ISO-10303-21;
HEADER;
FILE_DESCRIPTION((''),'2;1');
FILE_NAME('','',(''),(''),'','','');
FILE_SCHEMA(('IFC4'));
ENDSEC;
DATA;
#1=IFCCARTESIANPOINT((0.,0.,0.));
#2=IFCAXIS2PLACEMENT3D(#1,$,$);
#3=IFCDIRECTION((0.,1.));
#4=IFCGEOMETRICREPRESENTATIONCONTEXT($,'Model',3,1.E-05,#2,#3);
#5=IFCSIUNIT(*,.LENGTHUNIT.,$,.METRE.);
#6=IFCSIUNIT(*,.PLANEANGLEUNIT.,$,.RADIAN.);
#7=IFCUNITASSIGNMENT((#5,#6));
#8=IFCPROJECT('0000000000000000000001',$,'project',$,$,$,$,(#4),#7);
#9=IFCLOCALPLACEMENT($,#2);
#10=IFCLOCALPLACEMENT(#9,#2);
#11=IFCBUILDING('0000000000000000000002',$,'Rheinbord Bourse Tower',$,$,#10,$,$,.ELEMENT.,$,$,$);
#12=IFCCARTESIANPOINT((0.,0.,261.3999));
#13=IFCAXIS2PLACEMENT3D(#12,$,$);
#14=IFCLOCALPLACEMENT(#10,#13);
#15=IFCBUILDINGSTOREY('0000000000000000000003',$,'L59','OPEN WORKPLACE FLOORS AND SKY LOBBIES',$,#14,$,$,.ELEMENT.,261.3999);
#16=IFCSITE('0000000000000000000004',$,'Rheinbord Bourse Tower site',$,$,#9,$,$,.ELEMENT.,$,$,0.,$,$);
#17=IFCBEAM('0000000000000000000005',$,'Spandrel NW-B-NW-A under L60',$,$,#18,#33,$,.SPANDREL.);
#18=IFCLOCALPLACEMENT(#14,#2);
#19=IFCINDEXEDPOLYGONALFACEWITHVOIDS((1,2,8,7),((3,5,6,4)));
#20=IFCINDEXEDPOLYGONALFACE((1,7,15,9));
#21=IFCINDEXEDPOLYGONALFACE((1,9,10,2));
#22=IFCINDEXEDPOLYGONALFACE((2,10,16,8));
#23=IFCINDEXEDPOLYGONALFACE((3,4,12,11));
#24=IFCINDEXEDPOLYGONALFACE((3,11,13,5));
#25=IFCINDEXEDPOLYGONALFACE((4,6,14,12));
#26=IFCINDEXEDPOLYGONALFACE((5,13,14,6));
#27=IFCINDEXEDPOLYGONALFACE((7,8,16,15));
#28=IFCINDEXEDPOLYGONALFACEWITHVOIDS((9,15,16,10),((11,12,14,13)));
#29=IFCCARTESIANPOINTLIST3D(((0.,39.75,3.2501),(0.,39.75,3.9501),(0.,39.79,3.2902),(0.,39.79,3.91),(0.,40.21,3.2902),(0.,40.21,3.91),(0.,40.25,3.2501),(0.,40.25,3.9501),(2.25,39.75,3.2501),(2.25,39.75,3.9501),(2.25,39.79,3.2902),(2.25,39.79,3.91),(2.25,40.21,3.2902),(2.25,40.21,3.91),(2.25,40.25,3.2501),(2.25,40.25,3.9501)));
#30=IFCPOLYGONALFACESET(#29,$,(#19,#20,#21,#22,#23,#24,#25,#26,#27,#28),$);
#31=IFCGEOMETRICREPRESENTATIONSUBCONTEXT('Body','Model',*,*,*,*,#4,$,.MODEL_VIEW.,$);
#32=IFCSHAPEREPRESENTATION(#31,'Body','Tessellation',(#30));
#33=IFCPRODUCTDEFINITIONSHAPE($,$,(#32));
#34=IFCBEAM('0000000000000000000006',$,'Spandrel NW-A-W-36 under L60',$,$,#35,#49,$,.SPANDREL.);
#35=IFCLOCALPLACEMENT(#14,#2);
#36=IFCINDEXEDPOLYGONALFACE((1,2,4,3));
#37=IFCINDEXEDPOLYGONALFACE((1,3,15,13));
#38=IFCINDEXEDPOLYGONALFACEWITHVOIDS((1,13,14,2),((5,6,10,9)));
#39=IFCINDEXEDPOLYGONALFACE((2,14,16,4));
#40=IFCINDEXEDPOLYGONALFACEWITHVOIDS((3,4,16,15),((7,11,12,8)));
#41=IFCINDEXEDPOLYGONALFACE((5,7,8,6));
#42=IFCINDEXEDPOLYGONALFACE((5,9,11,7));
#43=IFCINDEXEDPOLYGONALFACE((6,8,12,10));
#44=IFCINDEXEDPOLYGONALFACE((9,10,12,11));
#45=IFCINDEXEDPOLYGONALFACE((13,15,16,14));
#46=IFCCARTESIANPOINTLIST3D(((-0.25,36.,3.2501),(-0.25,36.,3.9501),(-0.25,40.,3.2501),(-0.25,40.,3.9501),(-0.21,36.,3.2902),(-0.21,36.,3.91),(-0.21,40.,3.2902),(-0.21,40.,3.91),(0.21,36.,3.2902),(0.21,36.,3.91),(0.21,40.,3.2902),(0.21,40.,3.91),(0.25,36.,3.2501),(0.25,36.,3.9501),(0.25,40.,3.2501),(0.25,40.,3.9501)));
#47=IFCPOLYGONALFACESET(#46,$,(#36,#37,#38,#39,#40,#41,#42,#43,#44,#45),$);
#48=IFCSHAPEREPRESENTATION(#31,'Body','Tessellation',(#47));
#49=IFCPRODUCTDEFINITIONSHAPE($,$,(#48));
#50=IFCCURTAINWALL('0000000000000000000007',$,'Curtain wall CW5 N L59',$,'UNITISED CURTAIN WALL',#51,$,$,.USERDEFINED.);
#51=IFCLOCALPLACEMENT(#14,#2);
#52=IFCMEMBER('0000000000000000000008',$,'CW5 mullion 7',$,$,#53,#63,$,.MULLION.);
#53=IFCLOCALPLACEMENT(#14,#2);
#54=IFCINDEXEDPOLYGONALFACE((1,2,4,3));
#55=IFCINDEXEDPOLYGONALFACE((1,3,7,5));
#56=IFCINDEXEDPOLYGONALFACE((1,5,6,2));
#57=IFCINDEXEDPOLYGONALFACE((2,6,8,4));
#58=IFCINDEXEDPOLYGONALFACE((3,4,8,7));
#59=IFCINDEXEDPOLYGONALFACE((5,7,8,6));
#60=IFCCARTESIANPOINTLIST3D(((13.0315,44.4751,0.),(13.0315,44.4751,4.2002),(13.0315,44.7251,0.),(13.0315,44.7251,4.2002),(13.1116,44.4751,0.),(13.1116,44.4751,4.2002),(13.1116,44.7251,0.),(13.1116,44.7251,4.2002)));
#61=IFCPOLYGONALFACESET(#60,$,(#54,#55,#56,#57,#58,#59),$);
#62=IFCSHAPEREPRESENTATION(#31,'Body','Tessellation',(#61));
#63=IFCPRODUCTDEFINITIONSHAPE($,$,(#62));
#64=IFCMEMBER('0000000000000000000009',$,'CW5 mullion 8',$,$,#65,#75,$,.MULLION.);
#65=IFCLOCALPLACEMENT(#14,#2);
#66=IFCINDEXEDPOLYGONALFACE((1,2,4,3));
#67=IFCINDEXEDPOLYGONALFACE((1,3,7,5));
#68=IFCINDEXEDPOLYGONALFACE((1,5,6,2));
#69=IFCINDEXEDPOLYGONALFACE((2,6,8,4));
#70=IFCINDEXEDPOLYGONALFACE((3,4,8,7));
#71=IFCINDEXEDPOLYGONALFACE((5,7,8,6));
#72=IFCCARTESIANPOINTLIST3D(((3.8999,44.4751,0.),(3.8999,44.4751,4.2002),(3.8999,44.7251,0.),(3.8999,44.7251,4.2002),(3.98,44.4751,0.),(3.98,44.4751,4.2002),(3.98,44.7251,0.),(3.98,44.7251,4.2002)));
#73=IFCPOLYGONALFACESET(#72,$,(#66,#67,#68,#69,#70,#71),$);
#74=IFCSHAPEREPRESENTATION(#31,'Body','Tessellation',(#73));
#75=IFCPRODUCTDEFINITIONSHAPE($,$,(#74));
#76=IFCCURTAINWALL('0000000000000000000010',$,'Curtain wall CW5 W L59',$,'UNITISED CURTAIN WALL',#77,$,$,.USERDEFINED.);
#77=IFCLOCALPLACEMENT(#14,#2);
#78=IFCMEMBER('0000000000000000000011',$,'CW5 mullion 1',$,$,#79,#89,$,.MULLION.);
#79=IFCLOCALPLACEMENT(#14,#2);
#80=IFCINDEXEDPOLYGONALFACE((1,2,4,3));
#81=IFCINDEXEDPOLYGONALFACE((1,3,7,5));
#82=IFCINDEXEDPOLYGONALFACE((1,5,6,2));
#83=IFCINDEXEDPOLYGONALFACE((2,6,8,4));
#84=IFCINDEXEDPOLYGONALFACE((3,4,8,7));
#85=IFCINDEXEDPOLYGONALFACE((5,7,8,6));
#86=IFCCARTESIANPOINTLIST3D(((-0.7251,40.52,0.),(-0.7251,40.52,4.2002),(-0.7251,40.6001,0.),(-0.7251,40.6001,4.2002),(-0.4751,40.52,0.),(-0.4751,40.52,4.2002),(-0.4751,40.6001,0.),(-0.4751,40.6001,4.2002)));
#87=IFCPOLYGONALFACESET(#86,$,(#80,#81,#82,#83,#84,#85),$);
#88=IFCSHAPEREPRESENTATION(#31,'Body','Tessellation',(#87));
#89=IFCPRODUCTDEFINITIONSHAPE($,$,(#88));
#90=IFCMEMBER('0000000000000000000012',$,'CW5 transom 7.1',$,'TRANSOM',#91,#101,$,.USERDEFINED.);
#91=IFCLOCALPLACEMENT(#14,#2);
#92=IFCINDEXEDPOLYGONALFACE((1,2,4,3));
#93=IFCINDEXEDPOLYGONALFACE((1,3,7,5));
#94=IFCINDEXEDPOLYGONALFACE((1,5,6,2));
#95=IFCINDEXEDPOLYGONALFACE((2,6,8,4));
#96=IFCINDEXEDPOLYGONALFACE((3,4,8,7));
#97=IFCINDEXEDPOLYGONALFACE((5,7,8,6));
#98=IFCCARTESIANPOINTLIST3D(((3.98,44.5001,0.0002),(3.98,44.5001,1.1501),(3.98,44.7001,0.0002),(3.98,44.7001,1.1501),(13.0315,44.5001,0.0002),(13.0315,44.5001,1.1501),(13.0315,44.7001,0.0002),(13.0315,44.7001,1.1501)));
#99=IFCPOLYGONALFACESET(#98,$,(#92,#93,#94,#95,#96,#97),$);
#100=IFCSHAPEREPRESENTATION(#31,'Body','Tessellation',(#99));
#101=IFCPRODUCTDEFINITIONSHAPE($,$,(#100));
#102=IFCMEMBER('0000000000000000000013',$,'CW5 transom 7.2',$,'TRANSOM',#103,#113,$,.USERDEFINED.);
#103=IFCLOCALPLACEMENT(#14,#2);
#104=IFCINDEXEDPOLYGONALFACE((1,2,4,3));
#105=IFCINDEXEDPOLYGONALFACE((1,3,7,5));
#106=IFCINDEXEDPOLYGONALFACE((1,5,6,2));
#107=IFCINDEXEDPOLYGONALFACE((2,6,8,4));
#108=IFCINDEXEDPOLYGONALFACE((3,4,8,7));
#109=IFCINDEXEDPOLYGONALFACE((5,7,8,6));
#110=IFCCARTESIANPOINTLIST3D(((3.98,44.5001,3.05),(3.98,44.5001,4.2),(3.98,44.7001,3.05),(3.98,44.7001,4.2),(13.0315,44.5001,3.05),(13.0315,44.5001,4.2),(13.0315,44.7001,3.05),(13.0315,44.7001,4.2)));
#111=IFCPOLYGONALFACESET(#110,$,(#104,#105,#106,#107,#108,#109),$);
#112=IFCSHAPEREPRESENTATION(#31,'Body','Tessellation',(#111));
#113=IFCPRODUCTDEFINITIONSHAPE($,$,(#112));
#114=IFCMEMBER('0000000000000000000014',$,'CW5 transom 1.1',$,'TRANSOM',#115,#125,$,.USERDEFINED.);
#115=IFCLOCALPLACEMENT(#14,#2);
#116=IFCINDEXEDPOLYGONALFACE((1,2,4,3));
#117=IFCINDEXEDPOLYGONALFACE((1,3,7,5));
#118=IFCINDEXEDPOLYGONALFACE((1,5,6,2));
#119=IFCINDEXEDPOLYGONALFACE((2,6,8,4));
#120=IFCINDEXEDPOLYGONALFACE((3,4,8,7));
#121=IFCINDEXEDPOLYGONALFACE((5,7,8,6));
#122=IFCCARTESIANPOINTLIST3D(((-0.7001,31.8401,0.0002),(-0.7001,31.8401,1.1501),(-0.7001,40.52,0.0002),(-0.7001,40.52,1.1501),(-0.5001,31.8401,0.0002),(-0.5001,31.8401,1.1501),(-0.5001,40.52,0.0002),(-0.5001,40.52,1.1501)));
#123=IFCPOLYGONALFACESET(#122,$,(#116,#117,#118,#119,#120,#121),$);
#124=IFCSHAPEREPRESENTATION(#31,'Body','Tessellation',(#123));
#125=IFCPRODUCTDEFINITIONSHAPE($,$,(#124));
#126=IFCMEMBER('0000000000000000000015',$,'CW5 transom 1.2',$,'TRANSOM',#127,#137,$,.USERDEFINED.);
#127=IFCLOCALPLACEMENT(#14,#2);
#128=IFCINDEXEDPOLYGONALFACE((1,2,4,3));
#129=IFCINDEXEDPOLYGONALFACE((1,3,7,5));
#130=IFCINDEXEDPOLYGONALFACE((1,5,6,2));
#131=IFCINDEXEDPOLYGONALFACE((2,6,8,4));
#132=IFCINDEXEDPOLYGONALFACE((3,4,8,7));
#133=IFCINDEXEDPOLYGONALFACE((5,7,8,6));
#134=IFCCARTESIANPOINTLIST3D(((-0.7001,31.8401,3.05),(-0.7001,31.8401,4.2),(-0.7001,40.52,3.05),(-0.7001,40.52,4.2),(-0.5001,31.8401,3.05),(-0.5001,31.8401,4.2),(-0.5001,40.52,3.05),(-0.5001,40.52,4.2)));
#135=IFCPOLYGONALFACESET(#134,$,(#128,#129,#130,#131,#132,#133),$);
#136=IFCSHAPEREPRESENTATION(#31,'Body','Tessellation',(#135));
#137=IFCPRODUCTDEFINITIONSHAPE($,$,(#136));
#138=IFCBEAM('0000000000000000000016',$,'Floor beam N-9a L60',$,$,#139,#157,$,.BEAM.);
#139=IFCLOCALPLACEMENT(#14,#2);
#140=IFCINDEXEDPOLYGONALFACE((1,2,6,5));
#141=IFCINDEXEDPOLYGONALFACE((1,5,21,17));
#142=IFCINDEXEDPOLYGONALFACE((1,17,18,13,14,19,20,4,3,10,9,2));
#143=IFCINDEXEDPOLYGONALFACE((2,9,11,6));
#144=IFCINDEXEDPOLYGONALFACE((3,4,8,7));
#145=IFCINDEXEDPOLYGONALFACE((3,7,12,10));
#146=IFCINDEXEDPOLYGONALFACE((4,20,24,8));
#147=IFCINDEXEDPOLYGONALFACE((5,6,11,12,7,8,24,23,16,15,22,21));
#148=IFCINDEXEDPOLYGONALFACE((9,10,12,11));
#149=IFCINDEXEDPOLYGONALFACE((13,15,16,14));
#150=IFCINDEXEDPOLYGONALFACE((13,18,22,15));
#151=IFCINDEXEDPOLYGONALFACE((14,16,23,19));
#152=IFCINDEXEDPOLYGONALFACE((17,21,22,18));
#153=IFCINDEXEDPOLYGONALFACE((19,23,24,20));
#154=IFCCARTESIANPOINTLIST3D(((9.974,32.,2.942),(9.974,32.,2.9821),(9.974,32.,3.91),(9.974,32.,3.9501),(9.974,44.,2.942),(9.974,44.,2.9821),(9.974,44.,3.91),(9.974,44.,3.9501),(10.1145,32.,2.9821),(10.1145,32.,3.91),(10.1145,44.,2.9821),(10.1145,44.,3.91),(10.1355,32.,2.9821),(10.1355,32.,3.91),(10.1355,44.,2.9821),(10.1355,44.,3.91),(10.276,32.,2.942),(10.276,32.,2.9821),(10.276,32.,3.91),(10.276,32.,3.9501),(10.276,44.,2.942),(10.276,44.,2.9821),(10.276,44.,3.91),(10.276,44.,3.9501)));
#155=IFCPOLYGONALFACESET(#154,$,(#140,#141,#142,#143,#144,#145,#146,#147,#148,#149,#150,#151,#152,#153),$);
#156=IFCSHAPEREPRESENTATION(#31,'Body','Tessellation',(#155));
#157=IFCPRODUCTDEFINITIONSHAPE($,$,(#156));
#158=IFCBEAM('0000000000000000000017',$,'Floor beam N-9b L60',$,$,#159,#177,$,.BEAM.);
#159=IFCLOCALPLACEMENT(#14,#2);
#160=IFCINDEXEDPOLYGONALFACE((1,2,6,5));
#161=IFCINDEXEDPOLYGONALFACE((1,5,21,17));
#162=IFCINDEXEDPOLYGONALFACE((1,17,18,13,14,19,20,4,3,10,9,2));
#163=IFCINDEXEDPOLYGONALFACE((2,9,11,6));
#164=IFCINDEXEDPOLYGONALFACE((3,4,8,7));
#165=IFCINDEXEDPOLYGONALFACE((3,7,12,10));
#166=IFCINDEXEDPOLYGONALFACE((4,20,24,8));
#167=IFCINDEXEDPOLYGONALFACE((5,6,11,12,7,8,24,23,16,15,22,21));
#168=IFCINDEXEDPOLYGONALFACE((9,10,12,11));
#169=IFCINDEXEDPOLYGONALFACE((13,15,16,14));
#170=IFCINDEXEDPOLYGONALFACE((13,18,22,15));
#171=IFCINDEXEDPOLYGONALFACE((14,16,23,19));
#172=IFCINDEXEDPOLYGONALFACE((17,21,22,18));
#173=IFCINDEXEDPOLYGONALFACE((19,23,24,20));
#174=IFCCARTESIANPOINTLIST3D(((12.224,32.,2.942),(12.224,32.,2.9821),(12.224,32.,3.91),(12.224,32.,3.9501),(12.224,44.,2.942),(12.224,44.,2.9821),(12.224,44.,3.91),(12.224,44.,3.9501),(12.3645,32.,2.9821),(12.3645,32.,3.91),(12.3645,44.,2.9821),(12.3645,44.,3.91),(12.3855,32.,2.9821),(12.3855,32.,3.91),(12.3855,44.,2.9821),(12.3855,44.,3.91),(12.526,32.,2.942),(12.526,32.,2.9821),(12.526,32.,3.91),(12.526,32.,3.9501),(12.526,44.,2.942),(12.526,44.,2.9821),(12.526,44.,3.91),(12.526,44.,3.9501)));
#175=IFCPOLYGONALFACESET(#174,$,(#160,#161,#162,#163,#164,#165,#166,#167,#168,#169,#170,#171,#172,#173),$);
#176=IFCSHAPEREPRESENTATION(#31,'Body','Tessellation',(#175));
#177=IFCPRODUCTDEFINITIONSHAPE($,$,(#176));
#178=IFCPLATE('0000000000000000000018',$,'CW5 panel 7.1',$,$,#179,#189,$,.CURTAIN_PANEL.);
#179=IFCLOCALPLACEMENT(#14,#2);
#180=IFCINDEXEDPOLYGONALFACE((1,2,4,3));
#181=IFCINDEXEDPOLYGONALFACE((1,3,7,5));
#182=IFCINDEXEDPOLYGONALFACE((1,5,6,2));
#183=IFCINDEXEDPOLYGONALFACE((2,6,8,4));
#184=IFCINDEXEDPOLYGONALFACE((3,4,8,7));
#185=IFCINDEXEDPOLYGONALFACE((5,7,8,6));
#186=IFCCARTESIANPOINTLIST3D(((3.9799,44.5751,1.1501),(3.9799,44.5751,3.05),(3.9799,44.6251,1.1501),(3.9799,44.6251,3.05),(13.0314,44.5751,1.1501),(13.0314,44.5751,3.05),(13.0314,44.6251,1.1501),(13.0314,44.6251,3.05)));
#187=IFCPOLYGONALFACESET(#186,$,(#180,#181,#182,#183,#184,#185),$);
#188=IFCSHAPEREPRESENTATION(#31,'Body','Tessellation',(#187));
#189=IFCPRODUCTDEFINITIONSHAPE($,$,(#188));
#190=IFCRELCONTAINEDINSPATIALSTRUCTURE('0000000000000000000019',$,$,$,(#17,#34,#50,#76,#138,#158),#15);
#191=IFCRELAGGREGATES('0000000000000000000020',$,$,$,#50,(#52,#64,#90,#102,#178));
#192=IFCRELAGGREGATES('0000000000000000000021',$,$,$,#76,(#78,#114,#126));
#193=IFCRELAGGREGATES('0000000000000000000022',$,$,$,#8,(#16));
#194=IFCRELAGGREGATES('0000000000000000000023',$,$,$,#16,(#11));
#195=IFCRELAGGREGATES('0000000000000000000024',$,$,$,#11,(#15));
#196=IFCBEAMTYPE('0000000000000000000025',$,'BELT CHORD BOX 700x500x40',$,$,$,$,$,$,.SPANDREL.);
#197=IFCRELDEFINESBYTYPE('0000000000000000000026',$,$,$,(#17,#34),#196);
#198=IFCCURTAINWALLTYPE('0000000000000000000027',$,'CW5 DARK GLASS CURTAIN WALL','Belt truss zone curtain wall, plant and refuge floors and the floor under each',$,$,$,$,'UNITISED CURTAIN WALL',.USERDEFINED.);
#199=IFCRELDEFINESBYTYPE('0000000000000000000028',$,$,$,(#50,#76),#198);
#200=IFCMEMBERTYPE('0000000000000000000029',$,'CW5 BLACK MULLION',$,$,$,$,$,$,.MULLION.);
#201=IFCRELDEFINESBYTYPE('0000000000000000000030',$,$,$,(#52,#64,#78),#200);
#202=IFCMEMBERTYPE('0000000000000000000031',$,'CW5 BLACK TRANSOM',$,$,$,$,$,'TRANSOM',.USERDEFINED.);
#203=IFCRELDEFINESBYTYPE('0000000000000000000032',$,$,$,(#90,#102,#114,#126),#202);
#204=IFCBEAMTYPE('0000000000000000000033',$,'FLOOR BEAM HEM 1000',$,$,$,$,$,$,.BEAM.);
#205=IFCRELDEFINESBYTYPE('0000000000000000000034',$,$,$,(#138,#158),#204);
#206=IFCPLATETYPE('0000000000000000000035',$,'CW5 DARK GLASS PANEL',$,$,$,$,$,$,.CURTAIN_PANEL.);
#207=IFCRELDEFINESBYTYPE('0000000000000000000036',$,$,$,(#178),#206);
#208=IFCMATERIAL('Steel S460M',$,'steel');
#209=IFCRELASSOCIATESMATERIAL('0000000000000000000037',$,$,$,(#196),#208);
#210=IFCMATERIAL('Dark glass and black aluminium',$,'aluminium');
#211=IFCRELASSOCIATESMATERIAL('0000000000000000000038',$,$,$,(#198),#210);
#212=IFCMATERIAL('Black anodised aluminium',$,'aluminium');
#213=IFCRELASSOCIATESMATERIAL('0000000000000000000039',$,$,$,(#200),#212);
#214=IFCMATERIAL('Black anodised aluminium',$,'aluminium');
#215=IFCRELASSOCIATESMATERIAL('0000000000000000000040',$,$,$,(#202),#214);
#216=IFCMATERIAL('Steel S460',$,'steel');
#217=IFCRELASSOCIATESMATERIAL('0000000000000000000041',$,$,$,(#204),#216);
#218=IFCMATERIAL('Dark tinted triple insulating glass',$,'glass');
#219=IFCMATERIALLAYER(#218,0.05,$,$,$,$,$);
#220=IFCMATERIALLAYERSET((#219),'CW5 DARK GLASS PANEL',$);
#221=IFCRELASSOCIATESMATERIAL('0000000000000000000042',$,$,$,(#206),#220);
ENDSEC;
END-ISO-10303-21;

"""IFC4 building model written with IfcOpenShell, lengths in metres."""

from ifc_helpers import new_model, si_unit, direction, frame, origin, origin_2d, place, context, subcontext, project, spatial, rectangle, hollow_rectangle, i_section, extrude, material, layer, layer_set, material_profile, profile_set, type_object, element, aggregate, save


model = new_model("IFC4")

# Units and contexts
model_context = context("Model", 3, precision=1e-05, world=origin(), true_north=direction((0.0, 1.0)))
body_context = subcontext(model_context, "Body", "Model", "MODEL_VIEW")
ifc_project = project(units=[si_unit("LENGTHUNIT", "METRE"), si_unit("PLANEANGLEUNIT", "RADIAN")], contexts=[model_context])

# Site, building, storey
site_placement = place(None, origin())
site = spatial("IfcSite", under=ifc_project, at=site_placement, Name="Rheinbord Bourse Tower site", CompositionType="ELEMENT", RefElevation=0.0)
building_placement = place(site_placement, origin())
building = spatial("IfcBuilding", under=site, at=building_placement, Name="Rheinbord Bourse Tower", CompositionType="ELEMENT")
storey_placement = place(building_placement, frame((0.0, 0.0, 261.3999)))
storey = spatial("IfcBuildingStorey", under=building, at=storey_placement, Name="L59", Description="OPEN WORKPLACE FLOORS AND SKY LOBBIES", CompositionType="ELEMENT", Elevation=261.3999)

# Beams
ifc_material_1 = material(Name="Steel S460M", Category="steel")
ifc_material_profile_1 = material_profile(ifc_material_1, hollow_rectangle(XDim=0.5, YDim=0.7, WallThickness=0.04, at=origin_2d()), Name="BOX 700x500x40")
ifc_profile_set_1 = profile_set([ifc_material_profile_1], Name="Steel S460M")
beam_type_1 = type_object("IfcBeamType", Name="BELT CHORD BOX 700x500x40", PredefinedType="SPANDREL", material=ifc_profile_set_1)
beam_1_placement = place(storey_placement, frame((2.25, 40.0, 3.6001), z_axis=(-1.0, 0.0, 0.0), x_axis=(0.0, -1.0, 0.0)))
element("IfcBeam", 1, at=beam_1_placement, inside=storey, type_object=beam_type_1, Name="Spandrel NW-B-NW-A under L60", PredefinedType="SPANDREL", context=body_context, shape_type="SweptSolid", body=[
    extrude(hollow_rectangle(XDim=0.5, YDim=0.7, WallThickness=0.04, at=origin_2d()), origin(), (0.0, 0.0, 1.0), 2.25),
])
beam_2_placement = place(storey_placement, frame((0.0, 40.0, 3.6001), z_axis=(0.0, -1.0, 0.0), x_axis=(1.0, 0.0, 0.0)))
element("IfcBeam", 2, at=beam_2_placement, inside=storey, type_object=beam_type_1, Name="Spandrel NW-A-W-36 under L60", PredefinedType="SPANDREL", context=body_context, shape_type="SweptSolid", body=[
    extrude(hollow_rectangle(XDim=0.5, YDim=0.7, WallThickness=0.04, at=origin_2d()), origin(), (0.0, 0.0, 1.0), 4.0),
])

# Curtain wall, members
ifc_material_2 = material(Name="Dark glass and black aluminium", Category="aluminium")
curtain_wall_type = type_object("IfcCurtainWallType", Name="CW5 DARK GLASS CURTAIN WALL", Description="Belt truss zone curtain wall, plant and refuge floors and the floor under each", ElementType="UNITISED CURTAIN WALL", PredefinedType="USERDEFINED", material=ifc_material_2)
curtain_wall_1_placement = place(storey_placement, origin())
curtain_wall_1 = element("IfcCurtainWall", 3, at=curtain_wall_1_placement, inside=storey, type_object=curtain_wall_type, Name="Curtain wall CW5 N L59", ObjectType="UNITISED CURTAIN WALL", PredefinedType="USERDEFINED")
ifc_material_3 = material(Name="Black anodised aluminium", Category="aluminium")
ifc_material_profile_2 = material_profile(ifc_material_3, rectangle(XDim=0.25, YDim=0.0801, at=origin_2d()), Name="CW5 MULLION 80x250")
ifc_profile_set_2 = profile_set([ifc_material_profile_2], Name="Black anodised aluminium")
member_type_1 = type_object("IfcMemberType", Name="CW5 BLACK MULLION", PredefinedType="MULLION", material=ifc_profile_set_2)
member_1_placement = place(storey_placement, frame((13.0715, 44.6001, 0.0), z_axis=(0.0, 0.0, 1.0), x_axis=(0.0, -1.0, 0.0)))
member_1 = element("IfcMember", 4, at=member_1_placement, type_object=member_type_1, Name="CW5 mullion 7", PredefinedType="MULLION", context=body_context, shape_type="SweptSolid", body=[
    extrude(rectangle(XDim=0.25, YDim=0.0801, at=origin_2d()), origin(), (0.0, 0.0, 1.0), 4.2002),
])
member_2_placement = place(storey_placement, frame((3.9399, 44.6001, 0.0), z_axis=(0.0, 0.0, 1.0), x_axis=(0.0, -1.0, 0.0)))
member_2 = element("IfcMember", 5, at=member_2_placement, type_object=member_type_1, Name="CW5 mullion 8", PredefinedType="MULLION", context=body_context, shape_type="SweptSolid", body=[
    extrude(rectangle(XDim=0.25, YDim=0.0801, at=origin_2d()), origin(), (0.0, 0.0, 1.0), 4.2002),
])

# Curtain wall, member
curtain_wall_2_placement = place(storey_placement, origin())
curtain_wall_2 = element("IfcCurtainWall", 6, at=curtain_wall_2_placement, inside=storey, type_object=curtain_wall_type, Name="Curtain wall CW5 W L59", ObjectType="UNITISED CURTAIN WALL", PredefinedType="USERDEFINED")
member_3_placement = place(storey_placement, frame((-0.6001, 40.5601, 0.0), z_axis=(0.0, 0.0, 1.0), x_axis=(1.0, 0.0, 0.0)))
member_3 = element("IfcMember", 7, at=member_3_placement, type_object=member_type_1, Name="CW5 mullion 1", PredefinedType="MULLION", context=body_context, shape_type="SweptSolid", body=[
    extrude(rectangle(XDim=0.25, YDim=0.0801, at=origin_2d()), origin(), (0.0, 0.0, 1.0), 4.2002),
])

# Members
ifc_material_4 = material(Name="Black anodised aluminium", Category="aluminium")
ifc_material_profile_3 = material_profile(ifc_material_4, rectangle(XDim=0.2, YDim=1.1499, at=origin_2d()), Name="CW5 TRANSOM 1150x200")
ifc_profile_set_3 = profile_set([ifc_material_profile_3], Name="Black anodised aluminium")
member_type_2 = type_object("IfcMemberType", Name="CW5 BLACK TRANSOM", ElementType="TRANSOM", PredefinedType="USERDEFINED", material=ifc_profile_set_3)
member_4_placement = place(storey_placement, frame((13.0315, 44.6001, 0.5752), z_axis=(-1.0, 0.0, 0.0), x_axis=(0.0, -1.0, 0.0)))
member_4 = element("IfcMember", 8, at=member_4_placement, type_object=member_type_2, Name="CW5 transom 7.1", ObjectType="TRANSOM", PredefinedType="USERDEFINED", context=body_context, shape_type="SweptSolid", body=[
    extrude(rectangle(XDim=0.2, YDim=1.1499, at=origin_2d()), origin(), (0.0, 0.0, 1.0), 9.0515),
])
member_5_placement = place(storey_placement, frame((13.0315, 44.6001, 3.625), z_axis=(-1.0, 0.0, 0.0), x_axis=(0.0, -1.0, 0.0)))
member_5 = element("IfcMember", 9, at=member_5_placement, type_object=member_type_2, Name="CW5 transom 7.2", ObjectType="TRANSOM", PredefinedType="USERDEFINED", context=body_context, shape_type="SweptSolid", body=[
    extrude(rectangle(XDim=0.2, YDim=1.1499, at=origin_2d()), origin(), (0.0, 0.0, 1.0), 9.0515),
])
member_6_placement = place(storey_placement, frame((-0.6001, 40.52, 0.5752), z_axis=(0.0, -1.0, 0.0), x_axis=(1.0, 0.0, 0.0)))
member_6 = element("IfcMember", 10, at=member_6_placement, type_object=member_type_2, Name="CW5 transom 1.1", ObjectType="TRANSOM", PredefinedType="USERDEFINED", context=body_context, shape_type="SweptSolid", body=[
    extrude(rectangle(XDim=0.2, YDim=1.1499, at=origin_2d()), origin(), (0.0, 0.0, 1.0), 8.6799),
])
member_7_placement = place(storey_placement, frame((-0.6001, 40.52, 3.625), z_axis=(0.0, -1.0, 0.0), x_axis=(1.0, 0.0, 0.0)))
member_7 = element("IfcMember", 11, at=member_7_placement, type_object=member_type_2, Name="CW5 transom 1.2", ObjectType="TRANSOM", PredefinedType="USERDEFINED", context=body_context, shape_type="SweptSolid", body=[
    extrude(rectangle(XDim=0.2, YDim=1.1499, at=origin_2d()), origin(), (0.0, 0.0, 1.0), 8.6799),
])

# Beams
ifc_material_5 = material(Name="Steel S460", Category="steel")
ifc_material_profile_4 = material_profile(ifc_material_5, i_section(OverallWidth=0.302, OverallDepth=1.0081, WebThickness=0.021, FlangeThickness=0.04, at=origin_2d()), Name="HEM 1000")
ifc_profile_set_4 = profile_set([ifc_material_profile_4], Name="Steel S460")
beam_type_2 = type_object("IfcBeamType", Name="FLOOR BEAM HEM 1000", PredefinedType="BEAM", material=ifc_profile_set_4)
for number, where, z_axis, x_axis, name in (
    (12, (10.125, 44.0, 3.446), (0.0, -1.0, 0.0), (1.0, 0.0, 0.0), "Floor beam N-9a L60"),
    (13, (12.375, 44.0, 3.446), (0.0, -1.0, 0.0), (1.0, 0.0, 0.0), "Floor beam N-9b L60"),
):
    element("IfcBeam", number, at=place(storey_placement, frame(where, z_axis=z_axis, x_axis=x_axis)), inside=storey, type_object=beam_type_2, Name=name, PredefinedType="BEAM", context=body_context, shape_type="SweptSolid", body=[
        extrude(i_section(OverallWidth=0.302, OverallDepth=1.0081, WebThickness=0.021, FlangeThickness=0.04, at=origin_2d()), origin(), (0.0, 0.0, 1.0), 12.0),
    ])

# Plate
ifc_material_6 = material(Name="Dark tinted triple insulating glass", Category="glass")
ifc_layer_1 = layer(ifc_material_6, 0.05)
ifc_layer_set_1 = layer_set([ifc_layer_1], Name="CW5 DARK GLASS PANEL")
plate_type = type_object("IfcPlateType", Name="CW5 DARK GLASS PANEL", PredefinedType="CURTAIN_PANEL", material=ifc_layer_set_1)
plate_1_placement = place(storey_placement, frame((8.5056, 44.6001, 1.1501), z_axis=(0.0, 0.0, 1.0), x_axis=(-1.0, 0.0, 0.0)))
plate_1 = element("IfcPlate", 14, at=plate_1_placement, type_object=plate_type, Name="CW5 panel 7.1", PredefinedType="CURTAIN_PANEL", context=body_context, shape_type="SweptSolid", body=[
    extrude(rectangle(XDim=9.0515, YDim=0.05, at=origin_2d()), origin(), (0.0, 0.0, 1.0), 1.8999),
])
aggregate(curtain_wall_1, [member_1, member_2, member_4, member_5, plate_1])
aggregate(curtain_wall_2, [member_3, member_6, member_7])

save(model, "model.ifc")
